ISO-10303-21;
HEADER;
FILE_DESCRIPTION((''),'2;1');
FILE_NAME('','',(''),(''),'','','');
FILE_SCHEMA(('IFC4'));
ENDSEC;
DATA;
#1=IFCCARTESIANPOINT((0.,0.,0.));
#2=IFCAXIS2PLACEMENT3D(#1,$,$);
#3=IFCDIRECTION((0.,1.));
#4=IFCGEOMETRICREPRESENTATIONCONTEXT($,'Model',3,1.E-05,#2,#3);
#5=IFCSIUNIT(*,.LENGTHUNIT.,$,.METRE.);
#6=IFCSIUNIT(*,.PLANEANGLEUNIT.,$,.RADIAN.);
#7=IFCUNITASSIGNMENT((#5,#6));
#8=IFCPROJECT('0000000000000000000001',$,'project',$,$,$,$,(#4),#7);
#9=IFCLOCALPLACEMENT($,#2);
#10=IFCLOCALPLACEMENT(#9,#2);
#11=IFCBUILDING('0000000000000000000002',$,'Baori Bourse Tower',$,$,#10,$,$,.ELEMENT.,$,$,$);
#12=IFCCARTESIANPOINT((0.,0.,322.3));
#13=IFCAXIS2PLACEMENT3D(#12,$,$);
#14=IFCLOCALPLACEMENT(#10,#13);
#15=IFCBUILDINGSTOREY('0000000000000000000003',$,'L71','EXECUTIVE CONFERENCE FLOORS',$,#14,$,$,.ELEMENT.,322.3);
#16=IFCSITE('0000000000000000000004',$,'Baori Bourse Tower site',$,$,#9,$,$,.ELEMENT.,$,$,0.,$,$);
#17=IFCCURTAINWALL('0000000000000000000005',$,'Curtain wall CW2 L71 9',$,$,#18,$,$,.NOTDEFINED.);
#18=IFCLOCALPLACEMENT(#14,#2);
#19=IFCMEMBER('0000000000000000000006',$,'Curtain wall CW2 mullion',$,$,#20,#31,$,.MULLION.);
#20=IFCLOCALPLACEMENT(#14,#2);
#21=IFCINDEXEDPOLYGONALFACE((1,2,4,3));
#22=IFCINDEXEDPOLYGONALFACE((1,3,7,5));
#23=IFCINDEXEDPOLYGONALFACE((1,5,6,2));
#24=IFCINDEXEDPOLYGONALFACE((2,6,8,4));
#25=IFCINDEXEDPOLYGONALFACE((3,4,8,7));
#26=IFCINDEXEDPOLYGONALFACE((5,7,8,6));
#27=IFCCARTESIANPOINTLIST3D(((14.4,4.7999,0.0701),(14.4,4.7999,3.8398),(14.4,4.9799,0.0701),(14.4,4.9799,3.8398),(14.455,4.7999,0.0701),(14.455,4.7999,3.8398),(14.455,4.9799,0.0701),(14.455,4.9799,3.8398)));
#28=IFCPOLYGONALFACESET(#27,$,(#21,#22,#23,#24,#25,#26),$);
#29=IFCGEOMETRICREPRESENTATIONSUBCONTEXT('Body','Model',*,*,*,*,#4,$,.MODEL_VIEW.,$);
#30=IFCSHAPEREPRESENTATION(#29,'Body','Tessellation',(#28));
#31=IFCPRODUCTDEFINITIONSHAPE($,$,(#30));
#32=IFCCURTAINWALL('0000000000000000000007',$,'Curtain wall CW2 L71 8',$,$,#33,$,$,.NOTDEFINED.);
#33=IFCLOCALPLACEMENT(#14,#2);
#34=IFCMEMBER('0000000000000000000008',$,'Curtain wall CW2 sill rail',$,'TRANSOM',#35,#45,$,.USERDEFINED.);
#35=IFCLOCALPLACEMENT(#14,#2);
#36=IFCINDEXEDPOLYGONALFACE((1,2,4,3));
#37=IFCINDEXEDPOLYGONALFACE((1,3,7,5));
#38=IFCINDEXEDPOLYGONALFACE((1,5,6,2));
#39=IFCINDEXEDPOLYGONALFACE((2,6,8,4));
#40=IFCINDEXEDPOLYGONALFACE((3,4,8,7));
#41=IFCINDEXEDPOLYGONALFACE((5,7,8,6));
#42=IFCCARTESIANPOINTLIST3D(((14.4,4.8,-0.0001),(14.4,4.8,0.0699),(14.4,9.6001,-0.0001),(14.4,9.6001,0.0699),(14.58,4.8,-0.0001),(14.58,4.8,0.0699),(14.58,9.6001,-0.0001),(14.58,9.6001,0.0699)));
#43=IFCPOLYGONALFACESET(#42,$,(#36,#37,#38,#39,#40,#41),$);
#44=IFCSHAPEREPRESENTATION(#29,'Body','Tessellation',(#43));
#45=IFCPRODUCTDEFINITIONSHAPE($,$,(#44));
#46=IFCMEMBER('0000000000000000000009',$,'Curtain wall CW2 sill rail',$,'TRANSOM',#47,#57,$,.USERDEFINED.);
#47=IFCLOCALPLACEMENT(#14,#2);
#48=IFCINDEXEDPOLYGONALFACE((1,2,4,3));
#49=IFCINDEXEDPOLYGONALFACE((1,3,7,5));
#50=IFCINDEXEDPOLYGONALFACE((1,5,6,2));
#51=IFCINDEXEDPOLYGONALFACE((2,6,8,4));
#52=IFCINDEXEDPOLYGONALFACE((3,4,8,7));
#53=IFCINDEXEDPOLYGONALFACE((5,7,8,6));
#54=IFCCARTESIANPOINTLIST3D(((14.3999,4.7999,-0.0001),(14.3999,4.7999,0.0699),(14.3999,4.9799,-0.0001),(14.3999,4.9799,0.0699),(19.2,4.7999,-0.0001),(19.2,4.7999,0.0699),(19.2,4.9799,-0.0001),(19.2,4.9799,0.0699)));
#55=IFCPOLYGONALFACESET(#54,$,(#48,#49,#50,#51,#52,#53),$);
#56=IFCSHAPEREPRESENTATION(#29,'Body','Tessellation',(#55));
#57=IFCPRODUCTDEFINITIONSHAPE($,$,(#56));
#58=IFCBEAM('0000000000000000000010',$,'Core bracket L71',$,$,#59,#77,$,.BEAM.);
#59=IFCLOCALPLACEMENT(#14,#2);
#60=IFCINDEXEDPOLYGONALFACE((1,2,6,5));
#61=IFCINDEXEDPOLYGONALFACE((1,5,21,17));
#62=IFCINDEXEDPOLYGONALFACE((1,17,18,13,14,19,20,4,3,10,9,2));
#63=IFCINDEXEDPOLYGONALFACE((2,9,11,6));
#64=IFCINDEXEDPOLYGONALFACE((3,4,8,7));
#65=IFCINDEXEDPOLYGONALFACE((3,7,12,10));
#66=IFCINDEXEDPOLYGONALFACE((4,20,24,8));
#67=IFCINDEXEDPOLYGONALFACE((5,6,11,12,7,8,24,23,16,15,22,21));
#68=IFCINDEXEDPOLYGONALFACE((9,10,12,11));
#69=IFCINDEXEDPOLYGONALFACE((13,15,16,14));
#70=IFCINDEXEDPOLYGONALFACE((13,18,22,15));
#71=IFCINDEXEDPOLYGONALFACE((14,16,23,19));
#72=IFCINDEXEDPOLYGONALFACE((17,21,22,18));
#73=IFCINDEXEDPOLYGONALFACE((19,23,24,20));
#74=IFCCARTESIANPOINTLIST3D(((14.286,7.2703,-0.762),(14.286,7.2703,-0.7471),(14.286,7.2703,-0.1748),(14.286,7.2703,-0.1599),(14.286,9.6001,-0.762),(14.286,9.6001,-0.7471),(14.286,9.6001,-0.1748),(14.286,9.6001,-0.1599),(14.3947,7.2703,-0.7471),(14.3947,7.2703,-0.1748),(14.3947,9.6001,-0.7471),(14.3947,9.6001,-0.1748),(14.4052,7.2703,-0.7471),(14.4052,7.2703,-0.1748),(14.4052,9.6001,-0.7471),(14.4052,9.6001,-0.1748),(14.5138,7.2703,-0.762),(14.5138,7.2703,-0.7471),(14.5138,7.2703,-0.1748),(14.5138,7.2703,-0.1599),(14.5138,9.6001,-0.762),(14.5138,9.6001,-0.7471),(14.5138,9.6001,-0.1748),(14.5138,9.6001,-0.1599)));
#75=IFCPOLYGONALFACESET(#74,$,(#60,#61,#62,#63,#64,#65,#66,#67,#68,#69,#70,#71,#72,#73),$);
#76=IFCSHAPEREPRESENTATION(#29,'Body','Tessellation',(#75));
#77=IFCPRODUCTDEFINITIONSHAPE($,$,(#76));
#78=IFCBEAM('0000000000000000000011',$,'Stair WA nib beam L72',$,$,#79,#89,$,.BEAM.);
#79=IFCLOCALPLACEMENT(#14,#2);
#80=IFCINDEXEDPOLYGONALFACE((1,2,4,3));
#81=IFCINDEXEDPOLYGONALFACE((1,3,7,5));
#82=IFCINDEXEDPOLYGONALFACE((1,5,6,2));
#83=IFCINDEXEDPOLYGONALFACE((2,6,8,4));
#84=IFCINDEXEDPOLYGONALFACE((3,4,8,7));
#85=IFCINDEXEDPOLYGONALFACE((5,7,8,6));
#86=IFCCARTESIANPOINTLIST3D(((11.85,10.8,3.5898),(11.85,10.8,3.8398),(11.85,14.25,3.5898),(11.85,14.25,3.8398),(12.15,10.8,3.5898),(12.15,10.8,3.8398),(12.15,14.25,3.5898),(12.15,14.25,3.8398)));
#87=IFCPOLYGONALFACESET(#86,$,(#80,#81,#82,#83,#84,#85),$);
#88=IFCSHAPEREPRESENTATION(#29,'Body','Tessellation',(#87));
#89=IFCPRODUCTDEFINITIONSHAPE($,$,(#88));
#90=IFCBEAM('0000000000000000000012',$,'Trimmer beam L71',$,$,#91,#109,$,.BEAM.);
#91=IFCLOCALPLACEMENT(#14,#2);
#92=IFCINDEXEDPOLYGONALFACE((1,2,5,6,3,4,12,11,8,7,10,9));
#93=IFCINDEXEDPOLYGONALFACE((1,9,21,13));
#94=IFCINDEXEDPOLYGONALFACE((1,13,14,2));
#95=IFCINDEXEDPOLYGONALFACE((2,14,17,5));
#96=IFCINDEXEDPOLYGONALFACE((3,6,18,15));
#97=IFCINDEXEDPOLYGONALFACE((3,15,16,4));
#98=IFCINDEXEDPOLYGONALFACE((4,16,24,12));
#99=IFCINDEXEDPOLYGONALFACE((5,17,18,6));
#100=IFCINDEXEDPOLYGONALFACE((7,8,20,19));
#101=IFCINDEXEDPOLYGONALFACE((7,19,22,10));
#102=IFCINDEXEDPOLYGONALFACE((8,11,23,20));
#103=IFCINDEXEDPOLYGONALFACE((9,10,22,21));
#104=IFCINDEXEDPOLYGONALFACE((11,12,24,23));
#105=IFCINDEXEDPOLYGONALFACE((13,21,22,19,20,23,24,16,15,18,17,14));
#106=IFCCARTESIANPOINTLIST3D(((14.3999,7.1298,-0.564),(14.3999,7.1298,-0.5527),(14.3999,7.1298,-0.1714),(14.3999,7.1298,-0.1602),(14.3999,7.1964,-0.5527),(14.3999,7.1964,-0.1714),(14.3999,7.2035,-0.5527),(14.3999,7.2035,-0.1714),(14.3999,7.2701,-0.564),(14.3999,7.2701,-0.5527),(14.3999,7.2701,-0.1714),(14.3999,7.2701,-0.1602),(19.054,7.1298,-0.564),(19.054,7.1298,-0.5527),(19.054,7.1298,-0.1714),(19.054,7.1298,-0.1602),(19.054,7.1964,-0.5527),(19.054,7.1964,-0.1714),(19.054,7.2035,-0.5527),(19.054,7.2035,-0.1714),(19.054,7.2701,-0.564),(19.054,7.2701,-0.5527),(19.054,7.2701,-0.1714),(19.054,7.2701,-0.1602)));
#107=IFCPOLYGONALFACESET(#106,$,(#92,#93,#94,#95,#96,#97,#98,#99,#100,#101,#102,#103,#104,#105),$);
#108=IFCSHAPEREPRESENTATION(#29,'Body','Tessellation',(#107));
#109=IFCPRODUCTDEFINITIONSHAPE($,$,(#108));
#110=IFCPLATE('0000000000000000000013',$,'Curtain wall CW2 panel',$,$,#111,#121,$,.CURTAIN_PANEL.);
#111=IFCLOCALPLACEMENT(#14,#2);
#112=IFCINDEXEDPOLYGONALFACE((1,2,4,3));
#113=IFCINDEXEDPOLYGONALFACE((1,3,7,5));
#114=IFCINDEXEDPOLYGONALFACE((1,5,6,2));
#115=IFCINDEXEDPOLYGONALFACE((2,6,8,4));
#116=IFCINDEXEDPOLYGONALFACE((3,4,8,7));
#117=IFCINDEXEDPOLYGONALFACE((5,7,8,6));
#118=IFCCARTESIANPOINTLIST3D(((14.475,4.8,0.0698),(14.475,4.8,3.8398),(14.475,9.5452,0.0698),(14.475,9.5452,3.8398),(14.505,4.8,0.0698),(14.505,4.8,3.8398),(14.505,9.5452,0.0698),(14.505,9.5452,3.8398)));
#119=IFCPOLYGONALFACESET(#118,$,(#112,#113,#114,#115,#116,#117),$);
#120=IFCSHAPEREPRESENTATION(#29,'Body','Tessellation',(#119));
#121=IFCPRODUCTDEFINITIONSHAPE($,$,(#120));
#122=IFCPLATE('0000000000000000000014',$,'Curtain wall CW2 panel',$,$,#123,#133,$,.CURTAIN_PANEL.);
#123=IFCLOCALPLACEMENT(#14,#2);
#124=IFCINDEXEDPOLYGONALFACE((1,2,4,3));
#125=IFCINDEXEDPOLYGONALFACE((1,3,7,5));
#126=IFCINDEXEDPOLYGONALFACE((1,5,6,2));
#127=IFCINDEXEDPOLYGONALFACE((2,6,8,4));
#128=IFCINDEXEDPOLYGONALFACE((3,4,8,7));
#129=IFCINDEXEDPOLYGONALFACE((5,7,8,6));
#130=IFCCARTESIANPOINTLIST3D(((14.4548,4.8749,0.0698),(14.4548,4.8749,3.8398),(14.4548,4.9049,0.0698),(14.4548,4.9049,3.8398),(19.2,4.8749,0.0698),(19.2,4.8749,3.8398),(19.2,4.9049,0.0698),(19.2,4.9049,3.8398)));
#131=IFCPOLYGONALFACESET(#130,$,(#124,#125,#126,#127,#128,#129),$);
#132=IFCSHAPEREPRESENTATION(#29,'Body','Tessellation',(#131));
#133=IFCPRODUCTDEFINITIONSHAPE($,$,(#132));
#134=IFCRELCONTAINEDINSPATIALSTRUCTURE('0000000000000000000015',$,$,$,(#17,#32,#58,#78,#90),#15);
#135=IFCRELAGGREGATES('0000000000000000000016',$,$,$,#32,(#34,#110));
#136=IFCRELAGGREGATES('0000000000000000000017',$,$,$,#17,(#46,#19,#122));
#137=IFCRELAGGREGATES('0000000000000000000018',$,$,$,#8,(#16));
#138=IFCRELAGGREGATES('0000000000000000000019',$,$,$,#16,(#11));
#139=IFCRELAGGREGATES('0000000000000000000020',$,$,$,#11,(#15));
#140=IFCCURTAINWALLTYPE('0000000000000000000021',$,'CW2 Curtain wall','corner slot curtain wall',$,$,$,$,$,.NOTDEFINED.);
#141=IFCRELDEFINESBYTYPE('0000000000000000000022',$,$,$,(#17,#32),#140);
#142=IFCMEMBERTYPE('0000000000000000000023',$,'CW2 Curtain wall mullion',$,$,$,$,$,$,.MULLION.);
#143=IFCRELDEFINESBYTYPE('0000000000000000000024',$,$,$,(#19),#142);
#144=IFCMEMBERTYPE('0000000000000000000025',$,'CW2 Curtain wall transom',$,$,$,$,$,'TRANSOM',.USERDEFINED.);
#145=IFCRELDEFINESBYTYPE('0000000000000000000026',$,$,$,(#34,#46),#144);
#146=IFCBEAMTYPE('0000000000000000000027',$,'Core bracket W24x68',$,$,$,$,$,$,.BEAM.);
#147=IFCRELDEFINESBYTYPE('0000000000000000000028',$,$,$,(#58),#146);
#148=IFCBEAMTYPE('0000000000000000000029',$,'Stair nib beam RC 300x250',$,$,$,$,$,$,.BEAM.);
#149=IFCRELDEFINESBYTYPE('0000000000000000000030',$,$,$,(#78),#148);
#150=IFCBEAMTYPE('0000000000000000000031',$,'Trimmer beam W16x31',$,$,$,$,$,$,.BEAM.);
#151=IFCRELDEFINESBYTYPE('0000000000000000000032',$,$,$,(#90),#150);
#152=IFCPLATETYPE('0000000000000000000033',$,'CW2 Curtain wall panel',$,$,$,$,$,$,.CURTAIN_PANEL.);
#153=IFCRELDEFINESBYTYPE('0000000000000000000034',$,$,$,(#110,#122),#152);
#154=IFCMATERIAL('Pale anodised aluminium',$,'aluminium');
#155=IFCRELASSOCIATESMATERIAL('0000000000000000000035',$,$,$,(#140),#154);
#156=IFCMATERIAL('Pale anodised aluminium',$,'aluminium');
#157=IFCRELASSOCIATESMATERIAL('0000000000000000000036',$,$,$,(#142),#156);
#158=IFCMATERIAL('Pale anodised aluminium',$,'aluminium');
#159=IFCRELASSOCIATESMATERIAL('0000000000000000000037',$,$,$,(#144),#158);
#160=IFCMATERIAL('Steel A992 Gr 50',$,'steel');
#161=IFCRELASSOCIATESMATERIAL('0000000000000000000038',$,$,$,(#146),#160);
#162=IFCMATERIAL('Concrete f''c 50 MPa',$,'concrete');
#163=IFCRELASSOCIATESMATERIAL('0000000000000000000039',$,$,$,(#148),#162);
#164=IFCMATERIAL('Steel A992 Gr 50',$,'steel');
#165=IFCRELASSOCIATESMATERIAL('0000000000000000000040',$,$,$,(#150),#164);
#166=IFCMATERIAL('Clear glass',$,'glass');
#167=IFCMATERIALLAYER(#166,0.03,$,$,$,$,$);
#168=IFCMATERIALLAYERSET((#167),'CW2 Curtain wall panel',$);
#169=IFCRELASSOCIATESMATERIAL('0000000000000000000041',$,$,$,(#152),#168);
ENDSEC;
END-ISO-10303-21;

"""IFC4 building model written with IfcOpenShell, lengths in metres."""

from ifc_helpers import new_model, si_unit, direction, frame, origin, origin_2d, place, context, subcontext, project, spatial, rectangle, i_section, extrude, material, layer, layer_set, material_profile, profile_set, type_object, element, aggregate, save


model = new_model("IFC4")

# Units and contexts
model_context = context("Model", 3, precision=1e-05, world=origin(), true_north=direction((0.0, 1.0)))
body_context = subcontext(model_context, "Body", "Model", "MODEL_VIEW")
ifc_project = project(units=[si_unit("LENGTHUNIT", "METRE"), si_unit("PLANEANGLEUNIT", "RADIAN")], contexts=[model_context])

# Site, building, storey
site_placement = place(None, origin())
site = spatial("IfcSite", under=ifc_project, at=site_placement, Name="Baori Bourse Tower site", CompositionType="ELEMENT", RefElevation=0.0)
building_placement = place(site_placement, origin())
building = spatial("IfcBuilding", under=site, at=building_placement, Name="Baori Bourse Tower", CompositionType="ELEMENT")
storey_placement = place(building_placement, frame((0.0, 0.0, 322.3)))
storey = spatial("IfcBuildingStorey", under=building, at=storey_placement, Name="L71", Description="EXECUTIVE CONFERENCE FLOORS", CompositionType="ELEMENT", Elevation=322.3)

# Curtain walls, members
ifc_material_1 = material(Name="Pale anodised aluminium", Category="aluminium")
curtain_wall_type = type_object("IfcCurtainWallType", Name="CW2 Curtain wall", Description="corner slot curtain wall", PredefinedType="NOTDEFINED", material=ifc_material_1)
curtain_wall_1_placement = place(storey_placement, origin())
curtain_wall_1 = element("IfcCurtainWall", 1, at=curtain_wall_1_placement, inside=storey, type_object=curtain_wall_type, Name="Curtain wall CW2 L71 9", PredefinedType="NOTDEFINED")
ifc_material_2 = material(Name="Pale anodised aluminium", Category="aluminium")
ifc_material_profile_1 = material_profile(ifc_material_2, rectangle(XDim=0.1799, YDim=0.0549, at=origin_2d()), Name="Mullion 55x180")
ifc_profile_set_1 = profile_set([ifc_material_profile_1], Name="Pale anodised aluminium")
member_type_1 = type_object("IfcMemberType", Name="CW2 Curtain wall mullion", PredefinedType="MULLION", material=ifc_profile_set_1)
member_1_placement = place(storey_placement, frame((14.4275, 4.8899, 0.0701), z_axis=(0.0, 0.0, 1.0), x_axis=(0.0, 1.0, 0.0)))
member_1 = element("IfcMember", 2, at=member_1_placement, type_object=member_type_1, Name="Curtain wall CW2 mullion", PredefinedType="MULLION", context=body_context, shape_type="SweptSolid", body=[
    extrude(rectangle(XDim=0.1799, YDim=0.0549, at=origin_2d()), origin(), (0.0, 0.0, 1.0), 3.7698),
])
curtain_wall_2_placement = place(storey_placement, origin())
curtain_wall_2 = element("IfcCurtainWall", 3, at=curtain_wall_2_placement, inside=storey, type_object=curtain_wall_type, Name="Curtain wall CW2 L71 8", PredefinedType="NOTDEFINED")
ifc_material_3 = material(Name="Pale anodised aluminium", Category="aluminium")
ifc_material_profile_2 = material_profile(ifc_material_3, rectangle(XDim=0.1799, YDim=0.0701, at=origin_2d()), Name="Transom 70x180")
ifc_profile_set_2 = profile_set([ifc_material_profile_2], Name="Pale anodised aluminium")
member_type_2 = type_object("IfcMemberType", Name="CW2 Curtain wall transom", ElementType="TRANSOM", PredefinedType="USERDEFINED", material=ifc_profile_set_2)
member_2_placement = place(storey_placement, frame((14.49, 9.6001, 0.0349), z_axis=(0.0, -1.0, 0.0), x_axis=(1.0, 0.0, 0.0)))
member_2 = element("IfcMember", 4, at=member_2_placement, type_object=member_type_2, Name="Curtain wall CW2 sill rail", ObjectType="TRANSOM", PredefinedType="USERDEFINED", context=body_context, shape_type="SweptSolid", body=[
    extrude(rectangle(XDim=0.1799, YDim=0.0701, at=origin_2d()), origin(), (0.0, 0.0, 1.0), 4.8),
])

# Member
member_3_placement = place(storey_placement, frame((14.3999, 4.8899, 0.0349), z_axis=(1.0, 0.0, 0.0), x_axis=(0.0, 1.0, 0.0)))
member_3 = element("IfcMember", 5, at=member_3_placement, type_object=member_type_2, Name="Curtain wall CW2 sill rail", ObjectType="TRANSOM", PredefinedType="USERDEFINED", context=body_context, shape_type="SweptSolid", body=[
    extrude(rectangle(XDim=0.1799, YDim=0.0701, at=origin_2d()), origin(), (0.0, 0.0, 1.0), 4.8),
])

# Beams
ifc_material_4 = material(Name="Steel A992 Gr 50", Category="steel")
ifc_material_profile_3 = material_profile(ifc_material_4, i_section(OverallWidth=0.2278, OverallDepth=0.6021, WebThickness=0.0105, FlangeThickness=0.0149, at=origin_2d()), Name="W24x68")
ifc_profile_set_3 = profile_set([ifc_material_profile_3], Name="Steel A992 Gr 50")
beam_type_1 = type_object("IfcBeamType", Name="Core bracket W24x68", PredefinedType="BEAM", material=ifc_profile_set_3)
beam_1_placement = place(storey_placement, frame((14.3999, 7.2703, -0.4609), z_axis=(0.0, 1.0, 0.0), x_axis=(-1.0, 0.0, 0.0)))
element("IfcBeam", 6, at=beam_1_placement, inside=storey, type_object=beam_type_1, Name="Core bracket L71", PredefinedType="BEAM", context=body_context, shape_type="SweptSolid", body=[
    extrude(i_section(OverallWidth=0.2278, OverallDepth=0.6021, WebThickness=0.0105, FlangeThickness=0.0149, at=origin_2d()), origin(), (0.0, 0.0, 1.0), 2.3298),
])
ifc_material_5 = material(Name="Concrete f'c 50 MPa", Category="concrete")
ifc_material_profile_4 = material_profile(ifc_material_5, rectangle(XDim=0.3, YDim=0.25, at=origin_2d()), Name="RC 300x250")
ifc_profile_set_4 = profile_set([ifc_material_profile_4], Name="Concrete f'c 50 MPa")
beam_type_2 = type_object("IfcBeamType", Name="Stair nib beam RC 300x250", PredefinedType="BEAM", material=ifc_profile_set_4)
beam_2_placement = place(storey_placement, frame((12.0, 10.8, 3.7148), z_axis=(0.0, 1.0, 0.0), x_axis=(-1.0, 0.0, 0.0)))
element("IfcBeam", 7, at=beam_2_placement, inside=storey, type_object=beam_type_2, Name="Stair WA nib beam L72", PredefinedType="BEAM", context=body_context, shape_type="SweptSolid", body=[
    extrude(rectangle(XDim=0.3, YDim=0.25, at=origin_2d()), origin(), (0.0, 0.0, 1.0), 3.45),
])
ifc_material_6 = material(Name="Steel A992 Gr 50", Category="steel")
ifc_material_profile_5 = material_profile(ifc_material_6, i_section(OverallWidth=0.1404, OverallDepth=0.4038, WebThickness=0.0071, FlangeThickness=0.0112, at=origin_2d()), Name="W16x31")
ifc_profile_set_5 = profile_set([ifc_material_profile_5], Name="Steel A992 Gr 50")
beam_type_3 = type_object("IfcBeamType", Name="Trimmer beam W16x31", PredefinedType="BEAM", material=ifc_profile_set_5)
beam_3_placement = place(storey_placement, frame((14.3999, 7.2, -0.3621), z_axis=(1.0, 0.0, 0.0), x_axis=(0.0, 1.0, 0.0)))
element("IfcBeam", 8, at=beam_3_placement, inside=storey, type_object=beam_type_3, Name="Trimmer beam L71", PredefinedType="BEAM", context=body_context, shape_type="SweptSolid", body=[
    extrude(i_section(OverallWidth=0.1404, OverallDepth=0.4038, WebThickness=0.0071, FlangeThickness=0.0112, at=origin_2d()), origin(), (0.0, 0.0, 1.0), 4.6541),
])

# Plates
ifc_material_7 = material(Name="Clear glass", Category="glass")
ifc_layer_1 = layer(ifc_material_7, 0.03)
ifc_layer_set_1 = layer_set([ifc_layer_1], Name="CW2 Curtain wall panel")
plate_type = type_object("IfcPlateType", Name="CW2 Curtain wall panel", PredefinedType="CURTAIN_PANEL", material=ifc_layer_set_1)
plate_1_placement = place(storey_placement, frame((14.49, 7.1726, 0.0698), z_axis=(0.0, 0.0, 1.0), x_axis=(0.0, -1.0, 0.0)))
plate_1 = element("IfcPlate", 9, at=plate_1_placement, type_object=plate_type, Name="Curtain wall CW2 panel", PredefinedType="CURTAIN_PANEL", context=body_context, shape_type="SweptSolid", body=[
    extrude(rectangle(XDim=4.7451, YDim=0.03, at=origin_2d()), origin(), (0.0, 0.0, 1.0), 3.77),
])
aggregate(curtain_wall_2, [member_2, plate_1])
plate_2_placement = place(storey_placement, frame((16.8274, 4.8899, 0.0698), z_axis=(0.0, 0.0, 1.0), x_axis=(1.0, 0.0, 0.0)))
plate_2 = element("IfcPlate", 10, at=plate_2_placement, type_object=plate_type, Name="Curtain wall CW2 panel", PredefinedType="CURTAIN_PANEL", context=body_context, shape_type="SweptSolid", body=[
    extrude(rectangle(XDim=4.7451, YDim=0.03, at=origin_2d()), origin(), (0.0, 0.0, 1.0), 3.77),
])
aggregate(curtain_wall_1, [member_3, member_1, plate_2])

save(model, "model.ifc")
